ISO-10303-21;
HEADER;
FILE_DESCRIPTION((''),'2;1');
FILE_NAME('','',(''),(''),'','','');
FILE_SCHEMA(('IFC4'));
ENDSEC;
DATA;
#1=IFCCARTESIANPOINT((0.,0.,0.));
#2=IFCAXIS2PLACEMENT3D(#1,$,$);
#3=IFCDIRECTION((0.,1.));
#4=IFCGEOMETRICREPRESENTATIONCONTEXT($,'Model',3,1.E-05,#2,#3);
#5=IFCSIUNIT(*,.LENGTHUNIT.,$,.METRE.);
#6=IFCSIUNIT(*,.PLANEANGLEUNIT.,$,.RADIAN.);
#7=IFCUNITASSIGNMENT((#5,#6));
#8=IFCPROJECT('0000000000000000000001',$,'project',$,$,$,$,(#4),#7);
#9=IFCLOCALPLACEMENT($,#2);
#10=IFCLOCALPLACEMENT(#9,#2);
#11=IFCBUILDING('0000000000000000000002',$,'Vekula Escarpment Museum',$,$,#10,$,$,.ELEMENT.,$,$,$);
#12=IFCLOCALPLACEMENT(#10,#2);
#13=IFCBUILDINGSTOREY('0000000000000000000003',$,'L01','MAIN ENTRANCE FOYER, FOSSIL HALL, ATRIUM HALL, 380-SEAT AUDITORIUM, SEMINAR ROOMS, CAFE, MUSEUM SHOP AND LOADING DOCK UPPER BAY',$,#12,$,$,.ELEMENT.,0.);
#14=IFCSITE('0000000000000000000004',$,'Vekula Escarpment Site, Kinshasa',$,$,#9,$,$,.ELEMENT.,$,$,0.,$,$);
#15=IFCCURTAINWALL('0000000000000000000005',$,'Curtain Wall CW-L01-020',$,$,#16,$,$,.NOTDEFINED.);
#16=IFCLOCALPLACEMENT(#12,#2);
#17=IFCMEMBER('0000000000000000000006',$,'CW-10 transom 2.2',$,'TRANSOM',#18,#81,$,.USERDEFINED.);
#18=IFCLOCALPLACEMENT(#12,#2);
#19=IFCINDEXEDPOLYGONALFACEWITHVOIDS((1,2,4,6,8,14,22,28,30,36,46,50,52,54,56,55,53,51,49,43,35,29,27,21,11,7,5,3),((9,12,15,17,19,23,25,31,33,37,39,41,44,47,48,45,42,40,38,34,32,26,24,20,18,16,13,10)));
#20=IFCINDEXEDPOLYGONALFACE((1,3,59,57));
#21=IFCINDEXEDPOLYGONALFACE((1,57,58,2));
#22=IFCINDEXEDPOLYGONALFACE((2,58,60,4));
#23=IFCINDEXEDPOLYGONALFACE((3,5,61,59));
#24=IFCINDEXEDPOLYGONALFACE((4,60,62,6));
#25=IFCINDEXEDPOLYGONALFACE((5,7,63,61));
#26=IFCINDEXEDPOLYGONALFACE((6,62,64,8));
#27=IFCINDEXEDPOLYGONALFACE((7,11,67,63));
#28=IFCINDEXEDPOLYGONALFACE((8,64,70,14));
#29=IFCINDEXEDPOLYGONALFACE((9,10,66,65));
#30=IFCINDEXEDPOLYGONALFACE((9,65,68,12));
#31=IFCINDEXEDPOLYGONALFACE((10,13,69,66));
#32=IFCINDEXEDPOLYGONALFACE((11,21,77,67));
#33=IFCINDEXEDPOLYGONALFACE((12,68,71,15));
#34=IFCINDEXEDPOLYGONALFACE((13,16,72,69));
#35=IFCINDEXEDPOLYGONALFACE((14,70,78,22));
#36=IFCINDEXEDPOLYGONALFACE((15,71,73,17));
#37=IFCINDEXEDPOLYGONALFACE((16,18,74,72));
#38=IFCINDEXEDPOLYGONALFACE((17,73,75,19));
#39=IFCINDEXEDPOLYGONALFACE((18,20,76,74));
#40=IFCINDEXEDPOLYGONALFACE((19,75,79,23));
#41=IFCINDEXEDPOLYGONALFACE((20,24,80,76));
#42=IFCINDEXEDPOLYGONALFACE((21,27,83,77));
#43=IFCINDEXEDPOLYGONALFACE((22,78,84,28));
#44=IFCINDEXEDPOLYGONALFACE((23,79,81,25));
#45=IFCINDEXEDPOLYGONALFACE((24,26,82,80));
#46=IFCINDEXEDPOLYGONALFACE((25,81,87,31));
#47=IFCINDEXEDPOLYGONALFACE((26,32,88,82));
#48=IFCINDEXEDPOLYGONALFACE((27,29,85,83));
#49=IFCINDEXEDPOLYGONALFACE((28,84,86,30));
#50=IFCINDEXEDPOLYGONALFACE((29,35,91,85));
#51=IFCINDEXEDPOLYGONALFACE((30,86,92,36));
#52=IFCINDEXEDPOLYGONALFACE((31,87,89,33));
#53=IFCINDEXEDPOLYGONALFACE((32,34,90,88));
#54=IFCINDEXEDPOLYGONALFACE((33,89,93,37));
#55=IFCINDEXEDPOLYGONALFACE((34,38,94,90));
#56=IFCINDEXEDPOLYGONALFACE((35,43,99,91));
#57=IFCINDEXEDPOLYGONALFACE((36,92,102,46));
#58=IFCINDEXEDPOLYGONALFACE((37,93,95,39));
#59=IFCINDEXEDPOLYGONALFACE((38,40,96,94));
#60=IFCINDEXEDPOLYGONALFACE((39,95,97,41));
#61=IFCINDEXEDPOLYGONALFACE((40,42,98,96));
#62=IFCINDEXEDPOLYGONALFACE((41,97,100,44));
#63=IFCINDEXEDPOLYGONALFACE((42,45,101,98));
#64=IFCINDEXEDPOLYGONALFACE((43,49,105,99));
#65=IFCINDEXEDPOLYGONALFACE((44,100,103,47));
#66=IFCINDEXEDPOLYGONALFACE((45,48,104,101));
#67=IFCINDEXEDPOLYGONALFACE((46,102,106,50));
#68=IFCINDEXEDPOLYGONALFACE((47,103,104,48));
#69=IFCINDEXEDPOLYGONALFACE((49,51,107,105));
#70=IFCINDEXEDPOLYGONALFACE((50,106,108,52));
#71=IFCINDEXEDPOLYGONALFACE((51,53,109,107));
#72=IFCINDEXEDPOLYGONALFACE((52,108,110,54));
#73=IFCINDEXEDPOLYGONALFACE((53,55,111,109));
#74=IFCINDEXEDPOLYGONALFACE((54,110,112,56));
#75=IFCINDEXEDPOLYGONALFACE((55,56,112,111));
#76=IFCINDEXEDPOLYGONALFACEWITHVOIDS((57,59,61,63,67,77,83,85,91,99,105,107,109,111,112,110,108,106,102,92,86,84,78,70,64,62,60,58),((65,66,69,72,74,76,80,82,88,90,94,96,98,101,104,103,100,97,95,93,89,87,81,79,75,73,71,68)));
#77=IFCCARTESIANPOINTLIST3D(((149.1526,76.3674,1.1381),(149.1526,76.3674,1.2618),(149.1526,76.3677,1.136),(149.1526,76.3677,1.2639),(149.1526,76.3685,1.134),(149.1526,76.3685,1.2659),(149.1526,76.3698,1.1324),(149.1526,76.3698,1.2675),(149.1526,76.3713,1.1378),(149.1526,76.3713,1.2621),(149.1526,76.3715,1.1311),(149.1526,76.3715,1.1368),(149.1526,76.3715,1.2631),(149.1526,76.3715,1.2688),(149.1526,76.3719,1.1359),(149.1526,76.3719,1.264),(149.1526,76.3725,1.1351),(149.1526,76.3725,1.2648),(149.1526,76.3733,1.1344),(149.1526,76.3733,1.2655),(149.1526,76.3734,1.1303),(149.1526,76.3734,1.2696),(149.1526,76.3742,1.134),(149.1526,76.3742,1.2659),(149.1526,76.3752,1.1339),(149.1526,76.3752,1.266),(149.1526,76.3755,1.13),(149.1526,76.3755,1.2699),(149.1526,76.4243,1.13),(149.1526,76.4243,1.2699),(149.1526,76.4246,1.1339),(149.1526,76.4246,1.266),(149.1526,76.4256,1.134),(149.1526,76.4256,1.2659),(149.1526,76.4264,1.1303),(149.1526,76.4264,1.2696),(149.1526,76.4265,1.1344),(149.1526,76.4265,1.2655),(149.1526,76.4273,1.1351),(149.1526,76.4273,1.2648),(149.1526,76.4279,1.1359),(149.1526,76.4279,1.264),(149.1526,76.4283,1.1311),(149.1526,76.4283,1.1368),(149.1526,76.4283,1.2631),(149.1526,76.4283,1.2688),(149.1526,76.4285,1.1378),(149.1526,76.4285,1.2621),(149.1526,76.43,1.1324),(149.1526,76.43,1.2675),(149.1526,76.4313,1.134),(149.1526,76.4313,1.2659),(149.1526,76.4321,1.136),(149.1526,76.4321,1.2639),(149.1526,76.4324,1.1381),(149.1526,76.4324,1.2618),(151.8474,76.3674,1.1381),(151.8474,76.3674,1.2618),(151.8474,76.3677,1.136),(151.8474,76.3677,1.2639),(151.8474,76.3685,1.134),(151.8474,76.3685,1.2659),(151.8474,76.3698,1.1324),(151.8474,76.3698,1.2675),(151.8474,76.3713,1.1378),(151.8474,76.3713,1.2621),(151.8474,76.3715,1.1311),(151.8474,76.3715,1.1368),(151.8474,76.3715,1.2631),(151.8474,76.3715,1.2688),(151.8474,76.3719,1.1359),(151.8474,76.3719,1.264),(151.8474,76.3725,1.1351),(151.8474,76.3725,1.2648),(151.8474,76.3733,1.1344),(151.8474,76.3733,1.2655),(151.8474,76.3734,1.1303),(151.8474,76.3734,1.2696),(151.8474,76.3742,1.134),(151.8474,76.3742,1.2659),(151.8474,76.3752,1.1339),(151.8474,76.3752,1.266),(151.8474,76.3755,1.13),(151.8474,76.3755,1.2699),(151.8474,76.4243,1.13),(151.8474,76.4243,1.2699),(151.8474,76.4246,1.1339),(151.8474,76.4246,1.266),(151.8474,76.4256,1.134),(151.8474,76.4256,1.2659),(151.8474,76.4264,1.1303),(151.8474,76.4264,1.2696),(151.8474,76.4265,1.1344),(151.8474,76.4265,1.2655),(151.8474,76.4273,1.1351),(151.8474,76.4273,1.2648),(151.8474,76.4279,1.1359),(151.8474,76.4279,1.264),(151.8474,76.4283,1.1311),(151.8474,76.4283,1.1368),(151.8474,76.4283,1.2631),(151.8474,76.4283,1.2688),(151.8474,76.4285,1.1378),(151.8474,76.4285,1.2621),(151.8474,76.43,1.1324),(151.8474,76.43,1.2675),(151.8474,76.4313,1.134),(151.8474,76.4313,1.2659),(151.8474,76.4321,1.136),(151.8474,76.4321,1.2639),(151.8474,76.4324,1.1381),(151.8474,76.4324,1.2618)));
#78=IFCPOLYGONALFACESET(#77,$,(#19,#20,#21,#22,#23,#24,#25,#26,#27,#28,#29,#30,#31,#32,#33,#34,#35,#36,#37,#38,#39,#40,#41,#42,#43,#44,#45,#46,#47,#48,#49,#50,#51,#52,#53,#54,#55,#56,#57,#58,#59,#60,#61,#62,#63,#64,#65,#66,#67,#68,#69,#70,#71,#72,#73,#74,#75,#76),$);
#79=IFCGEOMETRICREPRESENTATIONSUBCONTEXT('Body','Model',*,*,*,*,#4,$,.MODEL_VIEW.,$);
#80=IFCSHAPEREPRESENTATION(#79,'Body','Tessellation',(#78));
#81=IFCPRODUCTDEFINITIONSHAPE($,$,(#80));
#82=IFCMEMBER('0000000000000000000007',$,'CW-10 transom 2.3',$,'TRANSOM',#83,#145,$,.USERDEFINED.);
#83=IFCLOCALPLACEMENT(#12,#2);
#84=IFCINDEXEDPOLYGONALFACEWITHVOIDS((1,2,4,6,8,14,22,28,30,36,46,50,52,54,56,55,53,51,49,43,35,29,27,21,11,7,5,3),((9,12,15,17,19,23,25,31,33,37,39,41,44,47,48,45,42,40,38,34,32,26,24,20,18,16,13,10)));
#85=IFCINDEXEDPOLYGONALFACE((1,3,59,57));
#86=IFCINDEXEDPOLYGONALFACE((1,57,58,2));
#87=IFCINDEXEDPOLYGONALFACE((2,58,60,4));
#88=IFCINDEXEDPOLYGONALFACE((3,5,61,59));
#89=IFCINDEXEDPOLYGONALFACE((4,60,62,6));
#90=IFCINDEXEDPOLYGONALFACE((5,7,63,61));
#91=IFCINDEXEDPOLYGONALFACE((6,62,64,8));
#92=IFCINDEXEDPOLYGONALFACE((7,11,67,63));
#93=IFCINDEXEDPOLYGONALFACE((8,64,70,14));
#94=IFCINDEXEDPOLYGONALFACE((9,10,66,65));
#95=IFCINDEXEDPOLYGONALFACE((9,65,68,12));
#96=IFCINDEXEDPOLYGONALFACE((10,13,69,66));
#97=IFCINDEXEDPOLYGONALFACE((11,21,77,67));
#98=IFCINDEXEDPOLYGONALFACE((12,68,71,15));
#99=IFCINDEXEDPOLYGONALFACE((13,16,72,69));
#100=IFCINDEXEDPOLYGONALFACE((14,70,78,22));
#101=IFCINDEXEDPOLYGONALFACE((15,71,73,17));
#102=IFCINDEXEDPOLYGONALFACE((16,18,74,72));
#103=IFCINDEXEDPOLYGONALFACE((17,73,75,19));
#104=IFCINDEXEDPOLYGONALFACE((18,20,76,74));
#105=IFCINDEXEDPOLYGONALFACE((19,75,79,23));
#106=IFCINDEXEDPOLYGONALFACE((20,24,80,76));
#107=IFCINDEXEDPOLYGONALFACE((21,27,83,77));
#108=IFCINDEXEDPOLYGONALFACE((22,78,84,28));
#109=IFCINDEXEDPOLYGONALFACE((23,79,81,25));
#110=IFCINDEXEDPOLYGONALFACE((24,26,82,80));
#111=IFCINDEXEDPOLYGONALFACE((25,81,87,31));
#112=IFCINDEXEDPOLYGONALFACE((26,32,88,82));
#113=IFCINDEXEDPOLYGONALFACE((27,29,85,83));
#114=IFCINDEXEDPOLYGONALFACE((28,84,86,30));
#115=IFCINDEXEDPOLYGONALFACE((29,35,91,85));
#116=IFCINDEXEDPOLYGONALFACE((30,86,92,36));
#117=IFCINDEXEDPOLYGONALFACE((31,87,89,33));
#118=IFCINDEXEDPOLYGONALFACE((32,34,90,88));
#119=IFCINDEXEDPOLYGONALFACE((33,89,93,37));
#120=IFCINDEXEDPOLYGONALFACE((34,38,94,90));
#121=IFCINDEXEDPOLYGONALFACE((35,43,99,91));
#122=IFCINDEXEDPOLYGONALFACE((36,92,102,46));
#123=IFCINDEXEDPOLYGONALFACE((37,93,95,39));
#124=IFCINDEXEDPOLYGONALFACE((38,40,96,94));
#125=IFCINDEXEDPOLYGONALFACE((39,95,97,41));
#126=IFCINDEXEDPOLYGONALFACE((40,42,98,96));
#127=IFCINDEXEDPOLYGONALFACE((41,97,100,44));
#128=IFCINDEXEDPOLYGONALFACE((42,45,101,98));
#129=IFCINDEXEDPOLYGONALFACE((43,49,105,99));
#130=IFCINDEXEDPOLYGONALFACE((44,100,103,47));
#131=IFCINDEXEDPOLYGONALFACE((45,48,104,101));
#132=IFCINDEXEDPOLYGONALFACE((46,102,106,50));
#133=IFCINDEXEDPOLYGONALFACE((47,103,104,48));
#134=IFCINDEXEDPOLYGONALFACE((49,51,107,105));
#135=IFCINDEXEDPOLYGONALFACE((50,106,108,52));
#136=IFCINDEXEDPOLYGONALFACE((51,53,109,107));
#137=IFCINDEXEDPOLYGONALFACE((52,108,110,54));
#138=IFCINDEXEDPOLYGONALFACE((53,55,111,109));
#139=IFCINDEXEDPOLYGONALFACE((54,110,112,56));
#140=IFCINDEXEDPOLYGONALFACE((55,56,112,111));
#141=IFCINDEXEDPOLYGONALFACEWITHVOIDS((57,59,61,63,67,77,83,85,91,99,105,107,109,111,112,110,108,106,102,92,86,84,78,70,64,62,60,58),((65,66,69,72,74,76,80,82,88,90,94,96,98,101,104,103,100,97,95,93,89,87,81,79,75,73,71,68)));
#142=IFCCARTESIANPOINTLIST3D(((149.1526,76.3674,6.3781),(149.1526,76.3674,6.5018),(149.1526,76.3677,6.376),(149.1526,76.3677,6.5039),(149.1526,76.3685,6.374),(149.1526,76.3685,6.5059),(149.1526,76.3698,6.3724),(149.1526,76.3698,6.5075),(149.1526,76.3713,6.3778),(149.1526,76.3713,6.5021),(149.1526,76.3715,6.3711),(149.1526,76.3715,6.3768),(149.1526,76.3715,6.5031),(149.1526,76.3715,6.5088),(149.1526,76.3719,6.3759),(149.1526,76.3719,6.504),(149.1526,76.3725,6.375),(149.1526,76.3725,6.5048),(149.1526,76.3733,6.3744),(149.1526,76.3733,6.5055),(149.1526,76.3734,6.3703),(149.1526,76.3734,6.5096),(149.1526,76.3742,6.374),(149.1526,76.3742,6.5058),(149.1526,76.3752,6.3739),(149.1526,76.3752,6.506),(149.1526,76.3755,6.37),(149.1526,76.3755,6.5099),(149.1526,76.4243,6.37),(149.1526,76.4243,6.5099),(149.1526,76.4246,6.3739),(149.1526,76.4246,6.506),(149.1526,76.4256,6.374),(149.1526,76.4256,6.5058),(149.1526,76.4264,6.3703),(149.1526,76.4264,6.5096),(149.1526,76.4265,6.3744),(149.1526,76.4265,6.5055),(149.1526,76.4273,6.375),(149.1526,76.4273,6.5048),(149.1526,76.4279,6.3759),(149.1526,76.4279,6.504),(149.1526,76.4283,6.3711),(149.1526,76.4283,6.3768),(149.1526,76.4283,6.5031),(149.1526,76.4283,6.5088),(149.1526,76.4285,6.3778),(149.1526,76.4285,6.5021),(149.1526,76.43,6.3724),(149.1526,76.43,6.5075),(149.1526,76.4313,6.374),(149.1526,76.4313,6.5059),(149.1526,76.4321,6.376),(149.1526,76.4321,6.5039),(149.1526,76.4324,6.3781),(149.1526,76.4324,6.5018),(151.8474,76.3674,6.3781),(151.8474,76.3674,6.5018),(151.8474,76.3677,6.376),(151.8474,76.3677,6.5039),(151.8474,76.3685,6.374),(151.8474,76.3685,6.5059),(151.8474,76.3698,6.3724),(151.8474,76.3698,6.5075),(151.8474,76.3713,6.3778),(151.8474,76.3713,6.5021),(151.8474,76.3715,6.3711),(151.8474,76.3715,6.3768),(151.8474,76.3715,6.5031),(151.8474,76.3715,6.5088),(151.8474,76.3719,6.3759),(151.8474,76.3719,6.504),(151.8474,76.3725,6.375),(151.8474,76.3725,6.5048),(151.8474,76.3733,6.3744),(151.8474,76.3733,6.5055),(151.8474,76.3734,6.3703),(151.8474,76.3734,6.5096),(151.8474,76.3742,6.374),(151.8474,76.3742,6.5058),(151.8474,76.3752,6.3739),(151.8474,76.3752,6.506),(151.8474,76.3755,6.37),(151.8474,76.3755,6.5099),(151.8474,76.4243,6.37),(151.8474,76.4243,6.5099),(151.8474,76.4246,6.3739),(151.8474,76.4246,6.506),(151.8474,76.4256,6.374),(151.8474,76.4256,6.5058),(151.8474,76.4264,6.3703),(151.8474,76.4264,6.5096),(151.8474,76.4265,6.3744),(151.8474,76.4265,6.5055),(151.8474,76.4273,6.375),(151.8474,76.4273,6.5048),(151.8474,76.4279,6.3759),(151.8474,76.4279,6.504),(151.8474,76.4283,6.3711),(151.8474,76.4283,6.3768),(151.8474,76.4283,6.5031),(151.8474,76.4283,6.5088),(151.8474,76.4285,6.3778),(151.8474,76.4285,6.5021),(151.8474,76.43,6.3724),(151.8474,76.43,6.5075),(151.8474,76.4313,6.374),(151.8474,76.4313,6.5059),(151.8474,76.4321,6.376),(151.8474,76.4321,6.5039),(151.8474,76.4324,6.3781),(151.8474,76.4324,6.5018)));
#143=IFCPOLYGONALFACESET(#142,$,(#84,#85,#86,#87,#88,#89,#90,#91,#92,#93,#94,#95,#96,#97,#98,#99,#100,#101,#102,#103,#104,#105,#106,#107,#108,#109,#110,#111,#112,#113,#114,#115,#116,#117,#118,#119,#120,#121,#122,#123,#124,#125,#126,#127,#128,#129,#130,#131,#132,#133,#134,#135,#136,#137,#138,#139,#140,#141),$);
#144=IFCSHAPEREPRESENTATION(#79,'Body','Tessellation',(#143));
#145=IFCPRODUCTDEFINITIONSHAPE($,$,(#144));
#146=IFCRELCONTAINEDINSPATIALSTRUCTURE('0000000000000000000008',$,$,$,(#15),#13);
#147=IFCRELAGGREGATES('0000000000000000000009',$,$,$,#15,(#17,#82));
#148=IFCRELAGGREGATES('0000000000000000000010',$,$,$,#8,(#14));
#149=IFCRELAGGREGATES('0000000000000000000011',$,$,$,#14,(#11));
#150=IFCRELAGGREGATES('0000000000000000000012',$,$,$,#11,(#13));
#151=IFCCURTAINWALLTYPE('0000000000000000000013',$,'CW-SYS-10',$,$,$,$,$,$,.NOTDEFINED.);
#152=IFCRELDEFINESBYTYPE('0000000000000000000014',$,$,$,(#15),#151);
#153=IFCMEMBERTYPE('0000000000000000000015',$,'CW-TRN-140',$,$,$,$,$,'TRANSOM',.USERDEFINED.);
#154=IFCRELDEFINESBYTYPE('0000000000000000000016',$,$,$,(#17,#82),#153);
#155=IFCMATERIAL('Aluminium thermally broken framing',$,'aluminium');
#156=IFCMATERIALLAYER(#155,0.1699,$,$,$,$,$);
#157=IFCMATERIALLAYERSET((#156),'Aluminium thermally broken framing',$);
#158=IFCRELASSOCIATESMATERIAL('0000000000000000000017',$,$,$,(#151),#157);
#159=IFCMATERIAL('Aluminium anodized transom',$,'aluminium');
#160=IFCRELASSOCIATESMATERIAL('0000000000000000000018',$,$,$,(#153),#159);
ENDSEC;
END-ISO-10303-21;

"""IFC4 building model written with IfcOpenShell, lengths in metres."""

from ifc_helpers import new_model, si_unit, direction, frame, origin, origin_2d, place, context, subcontext, project, spatial, hollow_rectangle, extrude, material, layer, layer_set, material_profile, profile_set, type_object, element, aggregate, save


model = new_model("IFC4")

# Units and contexts
model_context = context("Model", 3, precision=1e-05, world=origin(), true_north=direction((0.0, 1.0)))
body_context = subcontext(model_context, "Body", "Model", "MODEL_VIEW")
ifc_project = project(units=[si_unit("LENGTHUNIT", "METRE"), si_unit("PLANEANGLEUNIT", "RADIAN")], contexts=[model_context])

# Site, building, storey
site_placement = place(None, origin())
site = spatial("IfcSite", under=ifc_project, at=site_placement, Name="Vekula Escarpment Site, Kinshasa", CompositionType="ELEMENT", RefElevation=0.0)
building_placement = place(site_placement, origin())
building = spatial("IfcBuilding", under=site, at=building_placement, Name="Vekula Escarpment Museum", CompositionType="ELEMENT")
storey_placement = place(building_placement, origin())
storey = spatial("IfcBuildingStorey", under=building, at=storey_placement, Name="L01", Description="MAIN ENTRANCE FOYER, FOSSIL HALL, ATRIUM HALL, 380-SEAT AUDITORIUM, SEMINAR ROOMS, CAFE, MUSEUM SHOP AND LOADING DOCK UPPER BAY", CompositionType="ELEMENT", Elevation=0.0)

# Curtain wall
ifc_material_1 = material(Name="Aluminium thermally broken framing", Category="aluminium")
ifc_layer_1 = layer(ifc_material_1, 0.1699)
ifc_layer_set_1 = layer_set([ifc_layer_1], Name="Aluminium thermally broken framing")
curtain_wall_type_1 = type_object("IfcCurtainWallType", Name="CW-SYS-10", PredefinedType="NOTDEFINED", material=ifc_layer_set_1)
curtain_wall_1_placement = place(storey_placement, origin())
curtain_wall_1 = element("IfcCurtainWall", 1, at=curtain_wall_1_placement, inside=storey, type_object=curtain_wall_type_1, Name="Curtain Wall CW-L01-020", PredefinedType="NOTDEFINED")

# Members
ifc_material_2 = material(Name="Aluminium anodized transom", Category="aluminium")
ifc_material_profile_1 = material_profile(ifc_material_2, hollow_rectangle(XDim=0.0649, YDim=0.1399, WallThickness=0.0039, InnerFilletRadius=0.0039, OuterFilletRadius=0.0081, at=origin_2d()), Name="ALU 140x65x4")
ifc_profile_set_1 = profile_set([ifc_material_profile_1], Name="Aluminium anodized transom")
member_type_1 = type_object("IfcMemberType", Name="CW-TRN-140", ElementType="TRANSOM", PredefinedType="USERDEFINED", material=ifc_profile_set_1)
member_1_placement = place(storey_placement, frame((151.8474, 76.3999, 1.2), z_axis=(-1.0, 0.0, 0.0), x_axis=(0.0, -1.0, 0.0)))
member_1 = element("IfcMember", 2, at=member_1_placement, type_object=member_type_1, Name="CW-10 transom 2.2", ObjectType="TRANSOM", PredefinedType="USERDEFINED", context=body_context, shape_type="SweptSolid", body=[
    extrude(hollow_rectangle(XDim=0.0649, YDim=0.1399, WallThickness=0.0039, InnerFilletRadius=0.0039, OuterFilletRadius=0.0081, at=origin_2d()), origin(), (0.0, 0.0, 1.0), 2.6948),
])
member_2_placement = place(storey_placement, frame((151.8474, 76.3999, 6.4399), z_axis=(-1.0, 0.0, 0.0), x_axis=(0.0, -1.0, 0.0)))
member_2 = element("IfcMember", 3, at=member_2_placement, type_object=member_type_1, Name="CW-10 transom 2.3", ObjectType="TRANSOM", PredefinedType="USERDEFINED", context=body_context, shape_type="SweptSolid", body=[
    extrude(hollow_rectangle(XDim=0.0649, YDim=0.1399, WallThickness=0.0039, InnerFilletRadius=0.0039, OuterFilletRadius=0.0081, at=origin_2d()), origin(), (0.0, 0.0, 1.0), 2.6948),
])

aggregate(curtain_wall_1, [member_1, member_2])

save(model, "model.ifc")
